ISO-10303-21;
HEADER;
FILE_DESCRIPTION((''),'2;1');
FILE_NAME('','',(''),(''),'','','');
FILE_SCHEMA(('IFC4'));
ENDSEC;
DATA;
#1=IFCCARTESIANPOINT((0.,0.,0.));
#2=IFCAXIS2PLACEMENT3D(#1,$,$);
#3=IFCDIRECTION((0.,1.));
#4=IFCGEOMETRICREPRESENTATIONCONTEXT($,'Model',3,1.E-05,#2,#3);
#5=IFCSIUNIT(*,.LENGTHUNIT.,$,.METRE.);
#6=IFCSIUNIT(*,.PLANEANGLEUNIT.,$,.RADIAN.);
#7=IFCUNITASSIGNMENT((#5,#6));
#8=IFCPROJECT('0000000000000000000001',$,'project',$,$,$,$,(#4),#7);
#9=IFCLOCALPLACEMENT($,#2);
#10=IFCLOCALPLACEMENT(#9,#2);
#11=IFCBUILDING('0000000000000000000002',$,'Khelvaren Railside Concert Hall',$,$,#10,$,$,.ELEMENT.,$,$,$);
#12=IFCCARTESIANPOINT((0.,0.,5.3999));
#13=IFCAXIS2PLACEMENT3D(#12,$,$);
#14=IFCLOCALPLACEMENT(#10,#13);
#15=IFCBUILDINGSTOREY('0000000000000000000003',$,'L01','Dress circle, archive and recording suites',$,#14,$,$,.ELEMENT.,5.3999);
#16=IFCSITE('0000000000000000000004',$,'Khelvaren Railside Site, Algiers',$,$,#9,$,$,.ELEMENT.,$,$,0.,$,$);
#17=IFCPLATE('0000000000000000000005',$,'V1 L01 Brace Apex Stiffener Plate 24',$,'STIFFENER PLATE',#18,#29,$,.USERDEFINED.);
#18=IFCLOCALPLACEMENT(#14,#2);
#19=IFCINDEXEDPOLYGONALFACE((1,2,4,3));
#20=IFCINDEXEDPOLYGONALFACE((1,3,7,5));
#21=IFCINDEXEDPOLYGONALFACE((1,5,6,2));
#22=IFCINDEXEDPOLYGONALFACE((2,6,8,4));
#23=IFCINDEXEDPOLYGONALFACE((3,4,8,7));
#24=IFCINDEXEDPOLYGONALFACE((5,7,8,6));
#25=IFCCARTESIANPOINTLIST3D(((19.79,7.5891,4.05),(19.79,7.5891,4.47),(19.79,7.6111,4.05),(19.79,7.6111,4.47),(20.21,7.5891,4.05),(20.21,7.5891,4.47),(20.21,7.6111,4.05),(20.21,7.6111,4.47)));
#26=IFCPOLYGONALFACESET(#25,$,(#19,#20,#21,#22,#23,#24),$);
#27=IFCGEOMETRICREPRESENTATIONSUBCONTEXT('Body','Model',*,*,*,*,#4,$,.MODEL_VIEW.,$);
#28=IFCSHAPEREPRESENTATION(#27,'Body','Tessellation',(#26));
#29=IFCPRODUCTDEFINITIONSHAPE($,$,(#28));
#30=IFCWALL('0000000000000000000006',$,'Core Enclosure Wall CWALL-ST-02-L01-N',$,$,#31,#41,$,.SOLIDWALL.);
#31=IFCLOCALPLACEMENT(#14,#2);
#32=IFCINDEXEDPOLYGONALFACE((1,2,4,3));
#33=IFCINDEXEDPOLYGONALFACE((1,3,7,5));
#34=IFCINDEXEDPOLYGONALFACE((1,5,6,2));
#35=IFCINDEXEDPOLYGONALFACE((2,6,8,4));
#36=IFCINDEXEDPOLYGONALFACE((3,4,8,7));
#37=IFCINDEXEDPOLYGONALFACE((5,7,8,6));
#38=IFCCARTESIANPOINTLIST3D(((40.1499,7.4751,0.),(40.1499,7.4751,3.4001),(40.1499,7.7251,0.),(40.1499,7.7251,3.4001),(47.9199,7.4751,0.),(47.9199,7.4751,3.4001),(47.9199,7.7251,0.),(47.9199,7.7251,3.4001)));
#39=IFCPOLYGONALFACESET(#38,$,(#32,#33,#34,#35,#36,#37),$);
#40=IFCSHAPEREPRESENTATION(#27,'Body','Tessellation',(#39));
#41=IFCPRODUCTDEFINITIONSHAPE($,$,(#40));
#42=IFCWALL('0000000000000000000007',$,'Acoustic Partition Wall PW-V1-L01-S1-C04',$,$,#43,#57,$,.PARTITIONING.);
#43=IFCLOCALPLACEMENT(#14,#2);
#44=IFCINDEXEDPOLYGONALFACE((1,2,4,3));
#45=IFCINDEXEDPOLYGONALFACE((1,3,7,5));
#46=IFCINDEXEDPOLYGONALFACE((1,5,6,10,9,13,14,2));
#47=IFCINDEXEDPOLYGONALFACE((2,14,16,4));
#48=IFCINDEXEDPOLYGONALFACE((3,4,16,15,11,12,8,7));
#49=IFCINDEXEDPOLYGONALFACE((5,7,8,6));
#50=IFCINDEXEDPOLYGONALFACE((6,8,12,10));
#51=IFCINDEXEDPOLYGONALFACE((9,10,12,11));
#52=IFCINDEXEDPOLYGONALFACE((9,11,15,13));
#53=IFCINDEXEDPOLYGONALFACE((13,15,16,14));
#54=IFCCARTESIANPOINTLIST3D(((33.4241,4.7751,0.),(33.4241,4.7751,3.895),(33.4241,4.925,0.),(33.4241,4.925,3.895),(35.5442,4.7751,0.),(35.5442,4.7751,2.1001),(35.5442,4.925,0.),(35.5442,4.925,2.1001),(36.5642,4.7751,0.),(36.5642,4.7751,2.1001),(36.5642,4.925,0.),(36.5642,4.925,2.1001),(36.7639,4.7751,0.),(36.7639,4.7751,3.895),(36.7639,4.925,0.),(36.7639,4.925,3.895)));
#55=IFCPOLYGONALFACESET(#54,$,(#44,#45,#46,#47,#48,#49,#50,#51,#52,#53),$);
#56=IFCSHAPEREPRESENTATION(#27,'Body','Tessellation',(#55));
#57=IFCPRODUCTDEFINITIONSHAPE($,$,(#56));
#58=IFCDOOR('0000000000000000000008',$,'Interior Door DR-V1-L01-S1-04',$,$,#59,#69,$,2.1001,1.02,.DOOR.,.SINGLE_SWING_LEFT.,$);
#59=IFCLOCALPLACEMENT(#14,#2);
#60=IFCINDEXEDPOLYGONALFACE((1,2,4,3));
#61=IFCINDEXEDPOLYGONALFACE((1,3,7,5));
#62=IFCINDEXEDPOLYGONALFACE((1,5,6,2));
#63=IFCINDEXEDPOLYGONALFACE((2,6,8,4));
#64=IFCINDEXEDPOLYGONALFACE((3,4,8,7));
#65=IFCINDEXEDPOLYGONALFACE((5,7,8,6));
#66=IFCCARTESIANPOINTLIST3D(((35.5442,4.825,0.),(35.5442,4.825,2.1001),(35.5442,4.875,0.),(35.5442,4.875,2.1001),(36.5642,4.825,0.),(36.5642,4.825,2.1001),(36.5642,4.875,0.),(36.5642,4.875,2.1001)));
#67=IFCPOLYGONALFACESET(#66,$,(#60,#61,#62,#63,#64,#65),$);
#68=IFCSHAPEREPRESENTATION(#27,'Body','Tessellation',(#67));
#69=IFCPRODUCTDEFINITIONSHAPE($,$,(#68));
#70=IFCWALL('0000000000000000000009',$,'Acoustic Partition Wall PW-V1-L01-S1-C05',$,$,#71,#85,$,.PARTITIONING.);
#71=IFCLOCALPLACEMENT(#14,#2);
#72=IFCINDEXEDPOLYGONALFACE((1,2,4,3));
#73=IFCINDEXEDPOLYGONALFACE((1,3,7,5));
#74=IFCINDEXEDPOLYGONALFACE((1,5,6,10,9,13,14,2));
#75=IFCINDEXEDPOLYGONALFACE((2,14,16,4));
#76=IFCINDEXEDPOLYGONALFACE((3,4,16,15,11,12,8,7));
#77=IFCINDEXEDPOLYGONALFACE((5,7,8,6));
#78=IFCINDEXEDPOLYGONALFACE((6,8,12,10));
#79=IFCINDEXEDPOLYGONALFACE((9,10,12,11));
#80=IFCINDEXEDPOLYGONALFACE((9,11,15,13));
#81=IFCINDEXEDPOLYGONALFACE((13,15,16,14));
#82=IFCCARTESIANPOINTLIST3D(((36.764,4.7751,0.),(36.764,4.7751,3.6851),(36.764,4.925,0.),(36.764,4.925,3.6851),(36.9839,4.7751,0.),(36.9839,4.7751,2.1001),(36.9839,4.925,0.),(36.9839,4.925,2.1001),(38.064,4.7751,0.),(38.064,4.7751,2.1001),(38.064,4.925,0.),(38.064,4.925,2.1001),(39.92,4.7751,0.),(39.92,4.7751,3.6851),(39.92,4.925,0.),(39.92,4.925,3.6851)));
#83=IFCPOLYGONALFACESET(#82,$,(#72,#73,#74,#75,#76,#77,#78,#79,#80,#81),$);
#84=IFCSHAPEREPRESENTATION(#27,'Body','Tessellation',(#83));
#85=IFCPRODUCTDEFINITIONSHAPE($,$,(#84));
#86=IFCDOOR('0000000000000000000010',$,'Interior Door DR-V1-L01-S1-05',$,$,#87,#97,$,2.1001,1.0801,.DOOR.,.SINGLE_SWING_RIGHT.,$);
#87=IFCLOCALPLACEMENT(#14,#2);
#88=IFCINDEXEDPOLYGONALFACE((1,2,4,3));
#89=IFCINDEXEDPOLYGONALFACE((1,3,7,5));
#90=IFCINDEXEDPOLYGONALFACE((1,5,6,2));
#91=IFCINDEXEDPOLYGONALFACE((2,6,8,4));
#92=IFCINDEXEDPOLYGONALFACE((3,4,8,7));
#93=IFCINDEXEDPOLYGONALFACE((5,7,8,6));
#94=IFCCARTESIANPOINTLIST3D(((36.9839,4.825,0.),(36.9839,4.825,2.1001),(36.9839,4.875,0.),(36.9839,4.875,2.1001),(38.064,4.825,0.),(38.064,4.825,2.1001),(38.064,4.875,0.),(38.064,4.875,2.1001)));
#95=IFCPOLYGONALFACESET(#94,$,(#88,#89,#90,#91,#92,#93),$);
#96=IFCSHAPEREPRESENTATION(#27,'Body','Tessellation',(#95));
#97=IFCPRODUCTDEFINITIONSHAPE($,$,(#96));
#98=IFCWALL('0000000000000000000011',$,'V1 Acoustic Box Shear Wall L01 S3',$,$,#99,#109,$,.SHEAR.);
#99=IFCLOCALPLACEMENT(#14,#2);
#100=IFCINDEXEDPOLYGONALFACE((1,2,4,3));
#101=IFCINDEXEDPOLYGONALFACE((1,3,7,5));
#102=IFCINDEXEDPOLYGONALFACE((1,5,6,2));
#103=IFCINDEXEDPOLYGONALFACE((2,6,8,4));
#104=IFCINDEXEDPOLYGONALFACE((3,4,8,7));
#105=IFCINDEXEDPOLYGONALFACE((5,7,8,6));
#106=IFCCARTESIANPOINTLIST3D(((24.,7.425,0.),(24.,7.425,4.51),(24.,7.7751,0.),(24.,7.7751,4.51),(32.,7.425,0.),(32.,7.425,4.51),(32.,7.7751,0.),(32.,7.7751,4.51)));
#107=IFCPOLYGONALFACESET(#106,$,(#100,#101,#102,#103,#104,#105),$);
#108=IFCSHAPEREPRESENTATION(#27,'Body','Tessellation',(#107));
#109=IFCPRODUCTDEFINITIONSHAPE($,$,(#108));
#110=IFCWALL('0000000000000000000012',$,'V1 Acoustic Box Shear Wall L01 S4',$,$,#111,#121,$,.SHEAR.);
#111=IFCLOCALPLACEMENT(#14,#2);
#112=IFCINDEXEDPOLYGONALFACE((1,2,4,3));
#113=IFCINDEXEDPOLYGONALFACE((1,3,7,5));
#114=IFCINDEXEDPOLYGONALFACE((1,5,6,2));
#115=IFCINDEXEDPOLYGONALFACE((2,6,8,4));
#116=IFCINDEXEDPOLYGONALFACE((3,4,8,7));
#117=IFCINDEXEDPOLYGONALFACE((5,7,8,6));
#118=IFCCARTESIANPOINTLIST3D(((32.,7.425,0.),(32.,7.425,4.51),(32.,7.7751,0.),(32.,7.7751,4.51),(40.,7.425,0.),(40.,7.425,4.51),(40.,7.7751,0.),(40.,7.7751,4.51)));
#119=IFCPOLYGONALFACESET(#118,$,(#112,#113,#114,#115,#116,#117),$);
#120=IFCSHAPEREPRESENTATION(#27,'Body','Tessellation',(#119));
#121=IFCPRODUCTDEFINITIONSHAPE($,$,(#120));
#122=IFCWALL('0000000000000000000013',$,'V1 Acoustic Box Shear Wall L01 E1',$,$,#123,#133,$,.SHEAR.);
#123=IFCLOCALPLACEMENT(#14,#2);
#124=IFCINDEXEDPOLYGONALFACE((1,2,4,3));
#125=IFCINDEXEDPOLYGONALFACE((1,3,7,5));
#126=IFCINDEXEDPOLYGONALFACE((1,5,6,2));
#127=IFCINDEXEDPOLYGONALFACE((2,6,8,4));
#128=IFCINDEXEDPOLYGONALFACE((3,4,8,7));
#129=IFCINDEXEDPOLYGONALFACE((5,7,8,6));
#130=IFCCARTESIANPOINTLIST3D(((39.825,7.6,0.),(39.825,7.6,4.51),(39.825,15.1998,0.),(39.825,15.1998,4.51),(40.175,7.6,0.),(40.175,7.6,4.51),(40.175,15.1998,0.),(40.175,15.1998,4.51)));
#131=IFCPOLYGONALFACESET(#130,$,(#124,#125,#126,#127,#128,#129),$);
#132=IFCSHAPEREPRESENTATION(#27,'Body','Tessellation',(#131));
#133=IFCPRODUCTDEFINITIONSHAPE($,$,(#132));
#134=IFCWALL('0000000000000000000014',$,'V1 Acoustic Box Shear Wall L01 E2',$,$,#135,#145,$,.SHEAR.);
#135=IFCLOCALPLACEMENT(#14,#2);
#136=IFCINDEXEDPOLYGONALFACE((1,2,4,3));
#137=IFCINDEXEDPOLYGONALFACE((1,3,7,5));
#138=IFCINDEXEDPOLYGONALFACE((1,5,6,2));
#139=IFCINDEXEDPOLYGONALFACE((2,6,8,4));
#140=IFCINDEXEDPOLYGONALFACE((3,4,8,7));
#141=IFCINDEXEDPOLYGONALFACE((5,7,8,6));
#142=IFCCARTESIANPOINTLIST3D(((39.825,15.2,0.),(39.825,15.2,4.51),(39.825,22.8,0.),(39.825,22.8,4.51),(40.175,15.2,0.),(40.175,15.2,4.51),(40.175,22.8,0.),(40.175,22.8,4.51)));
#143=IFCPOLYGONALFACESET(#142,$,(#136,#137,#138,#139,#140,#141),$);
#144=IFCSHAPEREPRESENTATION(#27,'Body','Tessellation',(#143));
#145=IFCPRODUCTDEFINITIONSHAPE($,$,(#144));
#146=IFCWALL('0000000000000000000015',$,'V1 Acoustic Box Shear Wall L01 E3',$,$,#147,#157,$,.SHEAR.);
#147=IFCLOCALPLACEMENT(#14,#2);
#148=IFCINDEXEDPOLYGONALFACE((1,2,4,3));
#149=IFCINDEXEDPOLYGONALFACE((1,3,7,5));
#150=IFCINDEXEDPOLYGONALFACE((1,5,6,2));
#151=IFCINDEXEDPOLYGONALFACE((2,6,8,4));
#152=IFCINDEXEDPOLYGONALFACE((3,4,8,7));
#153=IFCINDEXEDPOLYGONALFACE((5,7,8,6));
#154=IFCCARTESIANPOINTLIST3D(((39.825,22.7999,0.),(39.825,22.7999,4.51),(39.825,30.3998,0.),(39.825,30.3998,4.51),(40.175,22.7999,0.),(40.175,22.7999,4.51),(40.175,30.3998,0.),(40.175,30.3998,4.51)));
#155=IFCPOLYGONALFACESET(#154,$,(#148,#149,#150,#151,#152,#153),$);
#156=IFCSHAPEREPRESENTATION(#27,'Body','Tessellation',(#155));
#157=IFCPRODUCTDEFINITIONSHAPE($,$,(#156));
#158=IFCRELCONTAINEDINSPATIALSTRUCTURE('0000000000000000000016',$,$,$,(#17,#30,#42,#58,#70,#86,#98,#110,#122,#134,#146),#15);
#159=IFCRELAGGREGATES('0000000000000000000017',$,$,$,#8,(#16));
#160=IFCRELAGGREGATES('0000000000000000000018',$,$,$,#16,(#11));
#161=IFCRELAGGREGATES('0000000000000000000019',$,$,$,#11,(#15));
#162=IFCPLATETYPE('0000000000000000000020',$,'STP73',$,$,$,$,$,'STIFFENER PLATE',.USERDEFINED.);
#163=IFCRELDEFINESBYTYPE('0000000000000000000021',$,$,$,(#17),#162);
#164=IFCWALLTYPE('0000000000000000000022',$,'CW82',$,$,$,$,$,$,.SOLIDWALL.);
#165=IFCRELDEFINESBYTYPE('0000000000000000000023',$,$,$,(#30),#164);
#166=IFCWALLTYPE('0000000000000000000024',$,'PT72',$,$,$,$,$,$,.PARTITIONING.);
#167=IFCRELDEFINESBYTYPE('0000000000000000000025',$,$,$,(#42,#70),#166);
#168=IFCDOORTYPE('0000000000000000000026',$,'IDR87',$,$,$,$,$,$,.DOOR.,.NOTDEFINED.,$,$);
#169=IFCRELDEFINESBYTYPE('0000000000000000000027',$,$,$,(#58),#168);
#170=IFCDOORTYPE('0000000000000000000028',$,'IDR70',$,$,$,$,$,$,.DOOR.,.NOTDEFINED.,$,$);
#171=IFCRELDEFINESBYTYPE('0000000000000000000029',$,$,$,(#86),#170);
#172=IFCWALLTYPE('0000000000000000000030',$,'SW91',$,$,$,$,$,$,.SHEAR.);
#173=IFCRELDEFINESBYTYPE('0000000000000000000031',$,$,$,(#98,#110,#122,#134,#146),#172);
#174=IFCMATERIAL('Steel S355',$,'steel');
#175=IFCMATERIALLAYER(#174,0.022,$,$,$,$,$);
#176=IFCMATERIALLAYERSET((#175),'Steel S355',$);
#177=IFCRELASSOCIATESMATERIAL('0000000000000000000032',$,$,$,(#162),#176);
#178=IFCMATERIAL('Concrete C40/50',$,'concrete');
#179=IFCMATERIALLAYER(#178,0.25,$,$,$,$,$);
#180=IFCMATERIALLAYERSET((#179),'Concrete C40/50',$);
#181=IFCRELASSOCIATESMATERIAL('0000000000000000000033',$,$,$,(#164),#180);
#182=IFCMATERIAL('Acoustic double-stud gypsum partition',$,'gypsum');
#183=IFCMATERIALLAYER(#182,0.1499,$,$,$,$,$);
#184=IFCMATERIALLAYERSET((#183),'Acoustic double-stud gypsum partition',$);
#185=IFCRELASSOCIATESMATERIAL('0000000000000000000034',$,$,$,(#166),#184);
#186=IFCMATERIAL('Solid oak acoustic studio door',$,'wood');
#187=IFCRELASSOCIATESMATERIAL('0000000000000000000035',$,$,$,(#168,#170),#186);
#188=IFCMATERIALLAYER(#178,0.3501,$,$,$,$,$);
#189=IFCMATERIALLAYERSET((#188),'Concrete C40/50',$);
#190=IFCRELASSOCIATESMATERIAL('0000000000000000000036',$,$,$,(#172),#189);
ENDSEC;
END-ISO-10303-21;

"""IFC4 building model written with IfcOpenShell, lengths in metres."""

from ifc_helpers import new_model, si_unit, direction, frame, frame_2d, origin, origin_2d, place, context, subcontext, project, spatial, rectangle, extrude, material, layer, layer_set, type_object, element, fill, save


model = new_model("IFC4")

# Units and contexts
model_context = context("Model", 3, precision=1e-05, world=origin(), true_north=direction((0.0, 1.0)))
body_context = subcontext(model_context, "Body", "Model", "MODEL_VIEW")
ifc_project = project(units=[si_unit("LENGTHUNIT", "METRE"), si_unit("PLANEANGLEUNIT", "RADIAN")], contexts=[model_context])

# Site, building, storey
site_placement = place(None, origin())
site = spatial("IfcSite", under=ifc_project, at=site_placement, Name="Khelvaren Railside Site, Algiers", CompositionType="ELEMENT", RefElevation=0.0)
building_placement = place(site_placement, origin())
building = spatial("IfcBuilding", under=site, at=building_placement, Name="Khelvaren Railside Concert Hall", CompositionType="ELEMENT")
storey_placement = place(building_placement, frame((0.0, 0.0, 5.3999)))
storey = spatial("IfcBuildingStorey", under=building, at=storey_placement, Name="L01", Description="Dress circle, archive and recording suites", CompositionType="ELEMENT", Elevation=5.3999)

# Shared definitions
ifc_material_1 = material(Name="Steel S355", Category="steel")

# Shared definitions
ifc_material_2 = material(Name="Concrete C40/50", Category="concrete")

# Plate
ifc_layer_1 = layer(ifc_material_1, 0.022)
ifc_layer_set_1 = layer_set([ifc_layer_1], Name="Steel S355")
plate_type_1 = type_object("IfcPlateType", Name="STP73", ElementType="STIFFENER PLATE", PredefinedType="USERDEFINED", material=ifc_layer_set_1)
plate_1_placement = place(storey_placement, frame((20.0, 7.6001, 4.05), z_axis=(0.0, 0.0, 1.0), x_axis=(1.0, 0.0, 0.0)))
element("IfcPlate", 1, at=plate_1_placement, inside=storey, type_object=plate_type_1, Name="V1 L01 Brace Apex Stiffener Plate 24", ObjectType="STIFFENER PLATE", PredefinedType="USERDEFINED", context=body_context, shape_type="SweptSolid", body=[
    extrude(rectangle(XDim=0.4199, YDim=0.022, at=origin_2d()), origin(), (0.0, 0.0, 1.0), 0.4199),
])

# Wall
ifc_layer_2 = layer(ifc_material_2, 0.25)
ifc_layer_set_2 = layer_set([ifc_layer_2], Name="Concrete C40/50")
wall_type_1 = type_object("IfcWallType", Name="CW82", PredefinedType="SOLIDWALL", material=ifc_layer_set_2)
wall_1_placement = place(storey_placement, frame((40.1499, 7.6001, 0.0), z_axis=(0.0, 0.0, 1.0), x_axis=(1.0, 0.0, 0.0)))
element("IfcWall", 2, at=wall_1_placement, inside=storey, type_object=wall_type_1, Name="Core Enclosure Wall CWALL-ST-02-L01-N", PredefinedType="SOLIDWALL", context=body_context, shape_type="SweptSolid", body=[
    extrude(rectangle(XDim=7.77, YDim=0.25, at=frame_2d((3.885, 0.0))), origin(), (0.0, 0.0, 1.0), 3.4001),
])

# Walls, openings, doors
ifc_material_3 = material(Name="Acoustic double-stud gypsum partition", Category="gypsum")
ifc_layer_3 = layer(ifc_material_3, 0.1499)
ifc_layer_set_3 = layer_set([ifc_layer_3], Name="Acoustic double-stud gypsum partition")
wall_type_2 = type_object("IfcWallType", Name="PT72", PredefinedType="PARTITIONING", material=ifc_layer_set_3)
wall_2_placement = place(storey_placement, frame((33.4241, 4.8501, 0.0), z_axis=(0.0, 0.0, 1.0), x_axis=(1.0, 0.0, 0.0)))
wall_2 = element("IfcWall", 3, at=wall_2_placement, inside=storey, type_object=wall_type_2, Name="Acoustic Partition Wall PW-V1-L01-S1-C04", PredefinedType="PARTITIONING", context=body_context, shape_type="SweptSolid", body=[
    extrude(rectangle(XDim=3.3398, YDim=0.1499, at=frame_2d((1.6699, 0.0))), origin(), (0.0, 0.0, 1.0), 3.895),
])
opening_1_placement = place(wall_2_placement, frame((2.1201, 0.0, 0.0)))
opening_1 = element("IfcOpeningElement", 4, at=opening_1_placement, cuts=wall_2, PredefinedType="OPENING", context=body_context, shape_type="SweptSolid", body=[
    extrude(rectangle(XDim=1.02, YDim=2.1001, at=frame_2d((0.51, 1.05))), frame((0.0, 0.085, 0.0), z_axis=(0.0, -1.0, 0.0), x_axis=(1.0, 0.0, 0.0)), (0.0, 0.0, 1.0), 0.1699),
])
ifc_material_4 = material(Name="Solid oak acoustic studio door", Category="wood")
door_type_1 = type_object("IfcDoorType", Name="IDR87", OperationType="NOTDEFINED", PredefinedType="DOOR", material=ifc_material_4)
door_1_placement = place(opening_1_placement, origin())
door_1 = element("IfcDoor", 5, at=door_1_placement, inside=storey, type_object=door_type_1, Name="Interior Door DR-V1-L01-S1-04", OperationType="SINGLE_SWING_LEFT", OverallHeight=2.1001, OverallWidth=1.02, PredefinedType="DOOR", context=body_context, shape_type="SweptSolid", body=[
    extrude(rectangle(XDim=1.02, YDim=2.1001, at=frame_2d((0.51, 1.05))), frame((0.0, 0.0249, 0.0), z_axis=(0.0, -1.0, 0.0), x_axis=(1.0, 0.0, 0.0)), (0.0, 0.0, 1.0), 0.05),
])
fill(opening_1, door_1)
wall_3_placement = place(storey_placement, frame((36.7639, 4.8501, 0.0), z_axis=(0.0, 0.0, 1.0), x_axis=(1.0, 0.0, 0.0)))
wall_3 = element("IfcWall", 6, at=wall_3_placement, inside=storey, type_object=wall_type_2, Name="Acoustic Partition Wall PW-V1-L01-S1-C05", PredefinedType="PARTITIONING", context=body_context, shape_type="SweptSolid", body=[
    extrude(rectangle(XDim=3.156, YDim=0.1499, at=frame_2d((1.5781, 0.0))), origin(), (0.0, 0.0, 1.0), 3.6851),
])
opening_2_placement = place(wall_3_placement, frame((0.22, 0.0, 0.0)))
opening_2 = element("IfcOpeningElement", 7, at=opening_2_placement, cuts=wall_3, PredefinedType="OPENING", context=body_context, shape_type="SweptSolid", body=[
    extrude(rectangle(XDim=1.0801, YDim=2.1001, at=frame_2d((0.54, 1.05))), frame((0.0, 0.085, 0.0), z_axis=(0.0, -1.0, 0.0), x_axis=(1.0, 0.0, 0.0)), (0.0, 0.0, 1.0), 0.1699),
])
door_type_2 = type_object("IfcDoorType", Name="IDR70", OperationType="NOTDEFINED", PredefinedType="DOOR", material=ifc_material_4)
door_2_placement = place(opening_2_placement, origin())
door_2 = element("IfcDoor", 8, at=door_2_placement, inside=storey, type_object=door_type_2, Name="Interior Door DR-V1-L01-S1-05", OperationType="SINGLE_SWING_RIGHT", OverallHeight=2.1001, OverallWidth=1.0801, PredefinedType="DOOR", context=body_context, shape_type="SweptSolid", body=[
    extrude(rectangle(XDim=1.0801, YDim=2.1001, at=frame_2d((0.54, 1.05))), frame((0.0, 0.0249, 0.0), z_axis=(0.0, -1.0, 0.0), x_axis=(1.0, 0.0, 0.0)), (0.0, 0.0, 1.0), 0.05),
])
fill(opening_2, door_2)

# Walls
ifc_layer_4 = layer(ifc_material_2, 0.3501)
ifc_layer_set_4 = layer_set([ifc_layer_4], Name="Concrete C40/50")
wall_type_3 = type_object("IfcWallType", Name="SW91", PredefinedType="SHEAR", material=ifc_layer_set_4)
for number, where, z_axis, x_axis, name in (
    (9, (24.0, 7.6001, 0.0), (0.0, 0.0, 1.0), (1.0, 0.0, 0.0), "V1 Acoustic Box Shear Wall L01 S3"),
    (10, (32.0, 7.6001, 0.0), (0.0, 0.0, 1.0), (1.0, 0.0, 0.0), "V1 Acoustic Box Shear Wall L01 S4"),
):
    element("IfcWall", number, at=place(storey_placement, frame(where, z_axis=z_axis, x_axis=x_axis)), inside=storey, type_object=wall_type_3, Name=name, PredefinedType="SHEAR", context=body_context, shape_type="SweptSolid", body=[
        extrude(rectangle(XDim=8.0, YDim=0.3501, at=frame_2d((4.0, 0.0))), origin(), (0.0, 0.0, 1.0), 4.51),
    ])
wall_4_placement = place(storey_placement, frame((40.0, 7.6001, 0.0), z_axis=(0.0, 0.0, 1.0), x_axis=(0.0, 1.0, 0.0)))
element("IfcWall", 11, at=wall_4_placement, inside=storey, type_object=wall_type_3, Name="V1 Acoustic Box Shear Wall L01 E1", PredefinedType="SHEAR", context=body_context, shape_type="SweptSolid", body=[
    extrude(rectangle(XDim=7.5999, YDim=0.3501, at=frame_2d((3.7998, 0.0))), origin(), (0.0, 0.0, 1.0), 4.51),
])
wall_5_placement = place(storey_placement, frame((40.0, 15.2, 0.0), z_axis=(0.0, 0.0, 1.0), x_axis=(0.0, 1.0, 0.0)))
element("IfcWall", 12, at=wall_5_placement, inside=storey, type_object=wall_type_3, Name="V1 Acoustic Box Shear Wall L01 E2", PredefinedType="SHEAR", context=body_context, shape_type="SweptSolid", body=[
    extrude(rectangle(XDim=7.6001, YDim=0.3501, at=frame_2d((3.8, 0.0))), origin(), (0.0, 0.0, 1.0), 4.51),
])
wall_6_placement = place(storey_placement, frame((40.0, 22.8, 0.0), z_axis=(0.0, 0.0, 1.0), x_axis=(0.0, 1.0, 0.0)))
element("IfcWall", 13, at=wall_6_placement, inside=storey, type_object=wall_type_3, Name="V1 Acoustic Box Shear Wall L01 E3", PredefinedType="SHEAR", context=body_context, shape_type="SweptSolid", body=[
    extrude(rectangle(XDim=7.5999, YDim=0.3501, at=frame_2d((3.7998, 0.0))), origin(), (0.0, 0.0, 1.0), 4.51),
])

save(model, "model.ifc")
